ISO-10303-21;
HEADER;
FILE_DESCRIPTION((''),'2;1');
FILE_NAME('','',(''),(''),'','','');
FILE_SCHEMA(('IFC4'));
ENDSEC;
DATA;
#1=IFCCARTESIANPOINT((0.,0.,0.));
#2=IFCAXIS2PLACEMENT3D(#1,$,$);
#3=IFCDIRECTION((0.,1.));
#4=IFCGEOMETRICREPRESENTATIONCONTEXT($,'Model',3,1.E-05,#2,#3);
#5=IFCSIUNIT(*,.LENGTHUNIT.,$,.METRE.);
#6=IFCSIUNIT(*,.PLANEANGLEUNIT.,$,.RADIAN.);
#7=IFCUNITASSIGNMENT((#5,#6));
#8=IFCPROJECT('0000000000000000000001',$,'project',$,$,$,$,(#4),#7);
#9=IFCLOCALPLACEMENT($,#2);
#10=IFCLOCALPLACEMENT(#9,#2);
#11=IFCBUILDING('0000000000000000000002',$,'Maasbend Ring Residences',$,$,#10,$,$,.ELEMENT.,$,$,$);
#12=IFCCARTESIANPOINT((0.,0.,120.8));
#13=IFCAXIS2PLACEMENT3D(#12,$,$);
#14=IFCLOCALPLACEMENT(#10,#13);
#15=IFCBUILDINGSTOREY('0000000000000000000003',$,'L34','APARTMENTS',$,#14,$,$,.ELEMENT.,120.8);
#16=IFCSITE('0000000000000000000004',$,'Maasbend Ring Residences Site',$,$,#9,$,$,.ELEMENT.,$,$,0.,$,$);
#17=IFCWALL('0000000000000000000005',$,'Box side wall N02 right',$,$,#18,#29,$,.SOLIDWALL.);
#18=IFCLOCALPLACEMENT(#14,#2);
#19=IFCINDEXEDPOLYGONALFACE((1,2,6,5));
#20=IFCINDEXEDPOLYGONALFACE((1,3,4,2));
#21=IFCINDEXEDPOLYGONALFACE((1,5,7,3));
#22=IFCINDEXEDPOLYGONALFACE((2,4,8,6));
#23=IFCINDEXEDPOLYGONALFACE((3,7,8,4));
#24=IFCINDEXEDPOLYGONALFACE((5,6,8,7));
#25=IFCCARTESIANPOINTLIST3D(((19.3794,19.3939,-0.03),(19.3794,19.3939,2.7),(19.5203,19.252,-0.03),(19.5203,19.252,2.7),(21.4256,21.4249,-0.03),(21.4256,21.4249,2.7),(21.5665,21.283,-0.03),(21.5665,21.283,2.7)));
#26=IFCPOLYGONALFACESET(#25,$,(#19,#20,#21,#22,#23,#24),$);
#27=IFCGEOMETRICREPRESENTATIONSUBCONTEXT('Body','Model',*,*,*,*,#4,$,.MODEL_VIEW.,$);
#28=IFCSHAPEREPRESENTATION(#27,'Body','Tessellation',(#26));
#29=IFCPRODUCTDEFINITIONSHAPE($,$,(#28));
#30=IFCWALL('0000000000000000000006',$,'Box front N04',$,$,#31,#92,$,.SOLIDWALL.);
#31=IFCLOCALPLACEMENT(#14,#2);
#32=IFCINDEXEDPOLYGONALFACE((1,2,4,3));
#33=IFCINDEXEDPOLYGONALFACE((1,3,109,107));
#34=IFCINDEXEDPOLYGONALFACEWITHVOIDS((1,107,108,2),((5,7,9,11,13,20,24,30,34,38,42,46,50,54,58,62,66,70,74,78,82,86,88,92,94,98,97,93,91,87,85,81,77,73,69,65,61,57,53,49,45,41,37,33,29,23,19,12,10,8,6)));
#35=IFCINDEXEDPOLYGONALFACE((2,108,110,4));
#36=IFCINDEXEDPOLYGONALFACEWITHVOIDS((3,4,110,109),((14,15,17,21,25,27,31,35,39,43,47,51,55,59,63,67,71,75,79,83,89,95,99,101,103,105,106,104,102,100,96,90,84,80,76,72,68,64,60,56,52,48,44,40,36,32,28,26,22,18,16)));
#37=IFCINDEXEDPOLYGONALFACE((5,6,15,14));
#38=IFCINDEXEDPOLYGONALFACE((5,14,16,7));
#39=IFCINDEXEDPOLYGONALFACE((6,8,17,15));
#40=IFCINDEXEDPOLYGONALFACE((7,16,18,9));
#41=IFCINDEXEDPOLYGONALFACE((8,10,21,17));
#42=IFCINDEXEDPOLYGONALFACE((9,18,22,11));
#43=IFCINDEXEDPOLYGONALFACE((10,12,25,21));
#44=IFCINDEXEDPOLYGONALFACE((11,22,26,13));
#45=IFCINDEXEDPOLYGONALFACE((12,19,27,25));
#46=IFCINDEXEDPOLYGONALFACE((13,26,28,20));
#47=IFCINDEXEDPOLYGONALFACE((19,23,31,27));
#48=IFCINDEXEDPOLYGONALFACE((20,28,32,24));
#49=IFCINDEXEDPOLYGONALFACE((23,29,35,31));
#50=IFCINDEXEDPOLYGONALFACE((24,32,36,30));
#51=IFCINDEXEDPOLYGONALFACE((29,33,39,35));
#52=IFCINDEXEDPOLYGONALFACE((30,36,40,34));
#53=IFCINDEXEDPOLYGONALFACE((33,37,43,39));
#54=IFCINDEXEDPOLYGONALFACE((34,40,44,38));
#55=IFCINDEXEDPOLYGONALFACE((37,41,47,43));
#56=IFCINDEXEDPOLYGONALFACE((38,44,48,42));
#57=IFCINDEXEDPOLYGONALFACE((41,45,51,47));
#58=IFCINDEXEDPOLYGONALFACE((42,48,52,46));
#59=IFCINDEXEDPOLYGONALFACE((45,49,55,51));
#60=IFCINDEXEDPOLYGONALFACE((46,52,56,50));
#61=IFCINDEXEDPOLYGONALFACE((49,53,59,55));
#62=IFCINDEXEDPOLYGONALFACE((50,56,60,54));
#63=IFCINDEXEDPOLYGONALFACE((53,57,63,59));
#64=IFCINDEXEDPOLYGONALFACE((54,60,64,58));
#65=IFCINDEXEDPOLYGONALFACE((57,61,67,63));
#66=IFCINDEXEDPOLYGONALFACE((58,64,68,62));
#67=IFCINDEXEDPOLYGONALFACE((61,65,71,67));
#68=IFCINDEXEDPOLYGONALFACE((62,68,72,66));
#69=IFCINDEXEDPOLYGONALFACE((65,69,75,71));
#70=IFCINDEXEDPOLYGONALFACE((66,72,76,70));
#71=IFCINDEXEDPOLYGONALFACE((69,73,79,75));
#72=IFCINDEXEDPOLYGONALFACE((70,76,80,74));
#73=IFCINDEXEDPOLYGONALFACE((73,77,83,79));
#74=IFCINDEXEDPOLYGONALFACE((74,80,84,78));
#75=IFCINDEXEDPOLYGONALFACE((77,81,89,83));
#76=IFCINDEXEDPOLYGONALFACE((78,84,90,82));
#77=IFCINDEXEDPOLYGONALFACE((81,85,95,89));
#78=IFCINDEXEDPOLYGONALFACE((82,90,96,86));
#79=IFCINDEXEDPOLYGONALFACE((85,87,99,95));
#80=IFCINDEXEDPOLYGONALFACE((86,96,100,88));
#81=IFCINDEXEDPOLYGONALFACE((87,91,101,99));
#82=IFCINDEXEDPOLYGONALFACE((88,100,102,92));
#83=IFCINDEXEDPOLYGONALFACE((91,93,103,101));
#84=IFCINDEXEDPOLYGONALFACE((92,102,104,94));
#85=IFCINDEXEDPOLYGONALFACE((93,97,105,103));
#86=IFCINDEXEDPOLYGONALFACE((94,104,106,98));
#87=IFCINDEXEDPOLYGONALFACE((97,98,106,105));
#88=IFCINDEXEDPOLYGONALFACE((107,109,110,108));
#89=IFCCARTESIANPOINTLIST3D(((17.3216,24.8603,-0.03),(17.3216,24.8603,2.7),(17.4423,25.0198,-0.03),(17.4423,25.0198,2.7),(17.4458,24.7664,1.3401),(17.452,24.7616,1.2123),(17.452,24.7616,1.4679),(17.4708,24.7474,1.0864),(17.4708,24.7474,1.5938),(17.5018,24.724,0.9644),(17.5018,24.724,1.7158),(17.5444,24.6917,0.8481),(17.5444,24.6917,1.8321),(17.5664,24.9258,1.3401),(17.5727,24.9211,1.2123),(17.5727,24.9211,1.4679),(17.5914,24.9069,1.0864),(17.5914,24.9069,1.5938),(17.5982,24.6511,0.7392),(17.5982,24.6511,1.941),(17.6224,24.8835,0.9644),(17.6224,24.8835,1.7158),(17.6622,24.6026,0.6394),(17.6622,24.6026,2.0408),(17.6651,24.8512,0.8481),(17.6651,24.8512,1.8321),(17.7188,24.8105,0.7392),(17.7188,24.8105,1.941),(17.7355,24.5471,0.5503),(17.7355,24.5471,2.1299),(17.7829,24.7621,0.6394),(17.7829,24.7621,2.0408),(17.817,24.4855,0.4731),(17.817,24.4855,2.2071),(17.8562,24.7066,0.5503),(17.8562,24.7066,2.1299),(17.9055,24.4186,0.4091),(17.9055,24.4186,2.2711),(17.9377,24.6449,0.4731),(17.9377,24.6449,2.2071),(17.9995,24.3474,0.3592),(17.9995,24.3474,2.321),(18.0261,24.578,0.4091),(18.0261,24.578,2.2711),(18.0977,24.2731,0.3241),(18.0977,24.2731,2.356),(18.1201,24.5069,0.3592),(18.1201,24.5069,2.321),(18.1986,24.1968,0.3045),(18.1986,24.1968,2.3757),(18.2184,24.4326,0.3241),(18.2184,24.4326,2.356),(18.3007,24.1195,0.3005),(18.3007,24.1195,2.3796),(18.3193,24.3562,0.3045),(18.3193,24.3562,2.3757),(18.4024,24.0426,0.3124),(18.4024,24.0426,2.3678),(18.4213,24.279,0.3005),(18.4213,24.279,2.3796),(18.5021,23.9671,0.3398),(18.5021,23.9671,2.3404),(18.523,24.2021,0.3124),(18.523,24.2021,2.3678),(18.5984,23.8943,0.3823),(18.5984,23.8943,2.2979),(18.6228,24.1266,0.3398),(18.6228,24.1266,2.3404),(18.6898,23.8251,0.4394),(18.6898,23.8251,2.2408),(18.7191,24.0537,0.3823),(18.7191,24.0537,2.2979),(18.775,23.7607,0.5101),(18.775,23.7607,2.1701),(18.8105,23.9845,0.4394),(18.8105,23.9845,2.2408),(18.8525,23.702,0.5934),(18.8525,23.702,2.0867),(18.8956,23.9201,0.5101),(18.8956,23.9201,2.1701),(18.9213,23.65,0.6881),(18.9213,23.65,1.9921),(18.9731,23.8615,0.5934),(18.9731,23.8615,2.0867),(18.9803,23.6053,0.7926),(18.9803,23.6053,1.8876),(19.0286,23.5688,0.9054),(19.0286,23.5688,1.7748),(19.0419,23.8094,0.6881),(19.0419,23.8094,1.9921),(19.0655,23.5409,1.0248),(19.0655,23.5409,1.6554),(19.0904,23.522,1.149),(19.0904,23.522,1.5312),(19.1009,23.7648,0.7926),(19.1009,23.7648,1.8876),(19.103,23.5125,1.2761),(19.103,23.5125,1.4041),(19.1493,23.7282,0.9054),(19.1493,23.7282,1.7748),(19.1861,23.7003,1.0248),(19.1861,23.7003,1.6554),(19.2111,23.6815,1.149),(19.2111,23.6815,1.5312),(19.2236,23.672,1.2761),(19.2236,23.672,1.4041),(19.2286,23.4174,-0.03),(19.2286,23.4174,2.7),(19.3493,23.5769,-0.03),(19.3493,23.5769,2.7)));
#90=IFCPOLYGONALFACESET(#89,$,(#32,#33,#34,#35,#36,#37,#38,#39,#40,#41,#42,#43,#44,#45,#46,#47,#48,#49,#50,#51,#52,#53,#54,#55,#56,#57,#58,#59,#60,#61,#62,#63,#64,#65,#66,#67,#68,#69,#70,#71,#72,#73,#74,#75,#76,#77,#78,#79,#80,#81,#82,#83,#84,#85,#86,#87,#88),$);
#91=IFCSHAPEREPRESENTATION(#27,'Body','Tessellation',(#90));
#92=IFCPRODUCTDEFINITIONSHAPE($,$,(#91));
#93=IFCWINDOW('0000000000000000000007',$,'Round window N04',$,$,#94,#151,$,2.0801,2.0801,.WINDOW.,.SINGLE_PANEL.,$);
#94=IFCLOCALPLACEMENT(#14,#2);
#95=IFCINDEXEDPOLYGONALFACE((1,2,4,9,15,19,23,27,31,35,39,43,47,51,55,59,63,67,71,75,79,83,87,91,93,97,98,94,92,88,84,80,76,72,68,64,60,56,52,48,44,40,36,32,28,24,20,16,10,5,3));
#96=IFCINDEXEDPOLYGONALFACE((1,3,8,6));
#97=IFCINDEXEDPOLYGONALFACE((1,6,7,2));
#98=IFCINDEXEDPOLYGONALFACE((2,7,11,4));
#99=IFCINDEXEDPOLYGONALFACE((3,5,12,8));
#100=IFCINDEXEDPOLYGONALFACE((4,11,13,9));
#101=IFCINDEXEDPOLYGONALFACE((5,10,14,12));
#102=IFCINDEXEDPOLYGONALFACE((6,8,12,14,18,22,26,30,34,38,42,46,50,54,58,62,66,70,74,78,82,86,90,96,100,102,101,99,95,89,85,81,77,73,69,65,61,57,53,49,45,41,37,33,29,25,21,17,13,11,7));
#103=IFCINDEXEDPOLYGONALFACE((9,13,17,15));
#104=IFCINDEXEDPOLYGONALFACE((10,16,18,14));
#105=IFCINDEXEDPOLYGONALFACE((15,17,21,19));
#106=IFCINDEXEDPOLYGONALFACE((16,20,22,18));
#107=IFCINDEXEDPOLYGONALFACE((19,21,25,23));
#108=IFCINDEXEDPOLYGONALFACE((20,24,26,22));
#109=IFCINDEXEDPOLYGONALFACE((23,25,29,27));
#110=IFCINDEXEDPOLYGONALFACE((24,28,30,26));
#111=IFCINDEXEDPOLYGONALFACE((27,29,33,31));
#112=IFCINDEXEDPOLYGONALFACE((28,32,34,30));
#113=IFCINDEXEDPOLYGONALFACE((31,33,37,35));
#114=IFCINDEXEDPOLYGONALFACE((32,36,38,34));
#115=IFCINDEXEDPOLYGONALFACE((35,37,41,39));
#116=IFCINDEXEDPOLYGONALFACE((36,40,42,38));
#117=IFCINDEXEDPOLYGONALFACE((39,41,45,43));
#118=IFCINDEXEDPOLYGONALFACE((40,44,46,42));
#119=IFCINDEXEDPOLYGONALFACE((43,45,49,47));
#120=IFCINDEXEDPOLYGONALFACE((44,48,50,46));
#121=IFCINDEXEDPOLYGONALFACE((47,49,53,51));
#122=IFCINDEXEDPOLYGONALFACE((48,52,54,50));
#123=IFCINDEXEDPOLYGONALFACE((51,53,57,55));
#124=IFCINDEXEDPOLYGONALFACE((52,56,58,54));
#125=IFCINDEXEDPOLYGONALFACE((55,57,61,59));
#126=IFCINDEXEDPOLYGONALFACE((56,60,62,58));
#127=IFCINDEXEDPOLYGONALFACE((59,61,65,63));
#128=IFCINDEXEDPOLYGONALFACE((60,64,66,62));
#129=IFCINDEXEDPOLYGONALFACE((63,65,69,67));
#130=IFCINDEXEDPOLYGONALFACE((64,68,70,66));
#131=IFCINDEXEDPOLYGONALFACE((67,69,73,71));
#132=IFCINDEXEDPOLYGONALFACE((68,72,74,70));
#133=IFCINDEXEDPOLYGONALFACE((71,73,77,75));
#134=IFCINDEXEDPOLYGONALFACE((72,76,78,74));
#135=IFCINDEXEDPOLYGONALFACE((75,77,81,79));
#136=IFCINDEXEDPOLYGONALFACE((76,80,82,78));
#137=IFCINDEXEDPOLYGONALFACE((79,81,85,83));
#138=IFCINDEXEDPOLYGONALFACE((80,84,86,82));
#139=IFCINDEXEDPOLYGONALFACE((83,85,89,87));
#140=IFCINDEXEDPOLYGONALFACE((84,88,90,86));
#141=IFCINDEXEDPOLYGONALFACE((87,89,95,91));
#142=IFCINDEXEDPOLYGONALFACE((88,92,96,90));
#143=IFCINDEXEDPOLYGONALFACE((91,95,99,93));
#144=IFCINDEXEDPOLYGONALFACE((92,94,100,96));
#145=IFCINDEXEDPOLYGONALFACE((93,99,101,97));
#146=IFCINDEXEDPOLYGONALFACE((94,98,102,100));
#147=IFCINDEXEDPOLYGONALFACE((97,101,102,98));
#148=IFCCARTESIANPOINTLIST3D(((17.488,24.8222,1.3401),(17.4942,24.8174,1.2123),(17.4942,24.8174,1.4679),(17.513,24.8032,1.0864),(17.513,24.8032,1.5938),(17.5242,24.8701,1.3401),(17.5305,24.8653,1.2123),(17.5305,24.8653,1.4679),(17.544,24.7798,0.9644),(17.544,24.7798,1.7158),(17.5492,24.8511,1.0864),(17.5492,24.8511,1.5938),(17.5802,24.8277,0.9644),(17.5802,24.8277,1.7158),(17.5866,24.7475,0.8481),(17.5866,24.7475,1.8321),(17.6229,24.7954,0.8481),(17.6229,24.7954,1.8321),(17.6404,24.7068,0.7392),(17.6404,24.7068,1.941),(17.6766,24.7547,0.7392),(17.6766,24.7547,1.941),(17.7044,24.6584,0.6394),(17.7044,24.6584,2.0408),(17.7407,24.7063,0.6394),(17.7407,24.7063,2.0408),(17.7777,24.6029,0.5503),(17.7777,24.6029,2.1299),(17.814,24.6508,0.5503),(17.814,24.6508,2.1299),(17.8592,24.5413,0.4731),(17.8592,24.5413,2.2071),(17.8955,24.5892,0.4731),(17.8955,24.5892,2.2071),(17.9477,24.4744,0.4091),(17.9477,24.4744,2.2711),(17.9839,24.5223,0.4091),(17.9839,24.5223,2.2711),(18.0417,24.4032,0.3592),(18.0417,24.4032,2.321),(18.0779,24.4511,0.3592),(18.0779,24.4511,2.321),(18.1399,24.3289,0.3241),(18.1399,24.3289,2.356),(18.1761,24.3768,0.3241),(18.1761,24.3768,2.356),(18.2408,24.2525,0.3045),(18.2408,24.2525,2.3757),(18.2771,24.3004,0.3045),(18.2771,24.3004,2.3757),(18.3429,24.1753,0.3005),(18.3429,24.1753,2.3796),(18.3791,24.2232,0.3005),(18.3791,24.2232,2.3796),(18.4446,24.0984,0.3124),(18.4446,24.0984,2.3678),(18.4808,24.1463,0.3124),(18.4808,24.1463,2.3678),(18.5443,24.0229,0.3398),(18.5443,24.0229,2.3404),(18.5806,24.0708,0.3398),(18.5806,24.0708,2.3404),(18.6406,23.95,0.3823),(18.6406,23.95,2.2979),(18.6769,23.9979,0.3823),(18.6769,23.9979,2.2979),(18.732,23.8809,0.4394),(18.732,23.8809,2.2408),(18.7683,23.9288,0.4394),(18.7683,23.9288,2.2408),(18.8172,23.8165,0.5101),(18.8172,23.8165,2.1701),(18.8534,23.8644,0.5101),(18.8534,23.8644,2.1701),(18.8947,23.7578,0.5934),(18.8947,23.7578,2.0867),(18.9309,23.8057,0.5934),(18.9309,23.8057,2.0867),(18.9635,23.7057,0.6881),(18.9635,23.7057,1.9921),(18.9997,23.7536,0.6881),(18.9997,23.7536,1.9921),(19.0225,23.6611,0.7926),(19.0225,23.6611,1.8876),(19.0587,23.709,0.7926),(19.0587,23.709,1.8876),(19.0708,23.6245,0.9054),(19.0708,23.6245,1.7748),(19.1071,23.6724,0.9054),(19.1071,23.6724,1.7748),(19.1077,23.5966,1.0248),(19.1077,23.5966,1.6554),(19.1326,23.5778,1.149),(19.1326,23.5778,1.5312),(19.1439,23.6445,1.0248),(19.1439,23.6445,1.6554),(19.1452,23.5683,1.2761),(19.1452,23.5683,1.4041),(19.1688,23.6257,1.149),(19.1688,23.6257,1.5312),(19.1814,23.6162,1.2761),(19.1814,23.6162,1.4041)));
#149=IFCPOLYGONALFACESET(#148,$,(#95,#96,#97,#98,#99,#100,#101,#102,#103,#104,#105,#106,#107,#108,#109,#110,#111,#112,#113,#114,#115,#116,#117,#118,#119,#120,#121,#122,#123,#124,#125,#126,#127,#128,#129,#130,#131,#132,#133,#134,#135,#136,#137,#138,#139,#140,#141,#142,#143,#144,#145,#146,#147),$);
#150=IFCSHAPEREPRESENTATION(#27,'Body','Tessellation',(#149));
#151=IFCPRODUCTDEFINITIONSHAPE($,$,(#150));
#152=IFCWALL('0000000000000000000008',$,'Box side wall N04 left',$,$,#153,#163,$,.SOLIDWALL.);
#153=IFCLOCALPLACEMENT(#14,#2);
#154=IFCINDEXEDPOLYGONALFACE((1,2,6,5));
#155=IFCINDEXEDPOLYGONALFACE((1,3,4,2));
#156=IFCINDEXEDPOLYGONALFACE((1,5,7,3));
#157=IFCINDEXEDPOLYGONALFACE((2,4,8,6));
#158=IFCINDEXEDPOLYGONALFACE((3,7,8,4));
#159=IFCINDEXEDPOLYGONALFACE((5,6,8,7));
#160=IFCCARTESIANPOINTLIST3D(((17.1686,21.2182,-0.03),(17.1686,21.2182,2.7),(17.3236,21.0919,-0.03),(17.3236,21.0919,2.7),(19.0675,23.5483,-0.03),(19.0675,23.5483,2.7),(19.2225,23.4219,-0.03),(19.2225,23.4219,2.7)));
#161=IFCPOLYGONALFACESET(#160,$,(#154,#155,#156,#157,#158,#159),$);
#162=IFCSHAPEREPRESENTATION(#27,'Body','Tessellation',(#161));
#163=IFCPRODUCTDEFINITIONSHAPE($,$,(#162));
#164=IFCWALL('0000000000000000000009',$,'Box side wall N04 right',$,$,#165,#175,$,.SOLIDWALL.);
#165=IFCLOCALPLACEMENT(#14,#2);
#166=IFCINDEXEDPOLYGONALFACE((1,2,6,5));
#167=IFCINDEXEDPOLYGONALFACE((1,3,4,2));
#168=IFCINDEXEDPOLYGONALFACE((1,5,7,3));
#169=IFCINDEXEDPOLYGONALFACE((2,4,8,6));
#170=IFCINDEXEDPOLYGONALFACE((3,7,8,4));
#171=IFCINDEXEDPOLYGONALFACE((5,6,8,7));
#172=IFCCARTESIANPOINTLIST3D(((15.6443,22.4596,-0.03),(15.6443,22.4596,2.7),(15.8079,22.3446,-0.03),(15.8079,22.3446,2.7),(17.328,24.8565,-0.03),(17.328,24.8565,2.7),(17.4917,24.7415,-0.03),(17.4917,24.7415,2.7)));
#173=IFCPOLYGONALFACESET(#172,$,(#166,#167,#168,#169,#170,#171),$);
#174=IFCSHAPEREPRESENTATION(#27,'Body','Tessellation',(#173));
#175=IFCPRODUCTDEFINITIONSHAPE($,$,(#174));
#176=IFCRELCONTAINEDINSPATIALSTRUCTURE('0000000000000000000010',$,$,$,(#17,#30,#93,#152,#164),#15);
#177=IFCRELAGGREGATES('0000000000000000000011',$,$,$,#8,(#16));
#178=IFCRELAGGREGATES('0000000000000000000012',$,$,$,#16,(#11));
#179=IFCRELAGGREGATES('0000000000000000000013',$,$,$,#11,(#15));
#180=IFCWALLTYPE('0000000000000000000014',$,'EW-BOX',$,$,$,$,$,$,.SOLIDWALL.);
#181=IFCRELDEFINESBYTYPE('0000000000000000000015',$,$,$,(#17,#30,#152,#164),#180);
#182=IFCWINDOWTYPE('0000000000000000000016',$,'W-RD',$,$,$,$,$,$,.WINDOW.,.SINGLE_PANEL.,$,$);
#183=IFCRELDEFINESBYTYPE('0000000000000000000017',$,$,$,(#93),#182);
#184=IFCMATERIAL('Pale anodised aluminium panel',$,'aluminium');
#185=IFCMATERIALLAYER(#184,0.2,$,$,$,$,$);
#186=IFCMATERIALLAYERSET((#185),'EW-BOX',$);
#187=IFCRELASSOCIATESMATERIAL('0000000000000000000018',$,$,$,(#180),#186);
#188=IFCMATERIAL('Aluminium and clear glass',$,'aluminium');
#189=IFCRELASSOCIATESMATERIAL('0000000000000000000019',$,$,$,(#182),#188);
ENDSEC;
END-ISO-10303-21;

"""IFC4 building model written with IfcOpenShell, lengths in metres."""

from ifc_helpers import new_model, si_unit, direction, frame, frame_2d, origin, place, context, subcontext, project, spatial, rectangle, circle, extrude, material, layer, layer_set, type_object, element, fill, save


model = new_model("IFC4")

# Units and contexts
model_context = context("Model", 3, precision=1e-05, world=origin(), true_north=direction((0.0, 1.0)))
body_context = subcontext(model_context, "Body", "Model", "MODEL_VIEW")
ifc_project = project(units=[si_unit("LENGTHUNIT", "METRE"), si_unit("PLANEANGLEUNIT", "RADIAN")], contexts=[model_context])

# Site, building, storey
site_placement = place(None, origin())
site = spatial("IfcSite", under=ifc_project, at=site_placement, Name="Maasbend Ring Residences Site", CompositionType="ELEMENT", RefElevation=0.0)
building_placement = place(site_placement, origin())
building = spatial("IfcBuilding", under=site, at=building_placement, Name="Maasbend Ring Residences", CompositionType="ELEMENT")
storey_placement = place(building_placement, frame((0.0, 0.0, 120.8)))
storey = spatial("IfcBuildingStorey", under=building, at=storey_placement, Name="L34", Description="APARTMENTS", CompositionType="ELEMENT", Elevation=120.8)

# Shared definitions
ifc_material_1 = material(Name="Pale anodised aluminium panel", Category="aluminium")
ifc_layer_1 = layer(ifc_material_1, 0.2)
ifc_layer_set_1 = layer_set([ifc_layer_1], Name="EW-BOX")
wall_type_1 = type_object("IfcWallType", Name="EW-BOX", PredefinedType="SOLIDWALL", material=ifc_layer_set_1)
ifc_material_2 = material(Name="Aluminium and clear glass", Category="aluminium")
window_type_1 = type_object("IfcWindowType", Name="W-RD", PartitioningType="SINGLE_PANEL", PredefinedType="WINDOW", material=ifc_material_2)

# Wall
wall_1_placement = place(storey_placement, frame((19.45, 19.323, -0.03), z_axis=(0.0, 0.0, 1.0), x_axis=(0.709727, 0.704477, 0.0)))
element("IfcWall", 1, at=wall_1_placement, inside=storey, type_object=wall_type_1, Name="Box side wall N02 right", PredefinedType="SOLIDWALL", context=body_context, shape_type="SweptSolid", body=[
    extrude(rectangle(XDim=2.8831, YDim=0.2, at=frame_2d((1.4414, 0.0))), origin(), (0.0, 0.0, 1.0), 2.73),
])

# Wall, opening, window
wall_2_placement = place(storey_placement, frame((19.2891, 23.4971, -0.03), z_axis=(0.0, 0.0, 1.0), x_axis=(-0.797457, 0.603376, 0.0)))
wall_2 = element("IfcWall", 2, at=wall_2_placement, inside=storey, type_object=wall_type_1, Name="Box front N04", PredefinedType="SOLIDWALL", context=body_context, shape_type="SweptSolid", body=[
    extrude(rectangle(XDim=2.3914, YDim=0.2, at=frame_2d((1.1958, 0.0))), origin(), (0.0, 0.0, 1.0), 2.73),
])
opening_1_placement = place(wall_2_placement, frame((0.1558, 0.0, 0.3301)))
opening_1 = element("IfcOpeningElement", 3, at=opening_1_placement, cuts=wall_2, PredefinedType="OPENING", context=body_context, shape_type="SweptSolid", body=[
    extrude(circle(Radius=1.04, at=frame_2d((1.04, 1.04))), frame((0.0, 0.1099, 0.0), z_axis=(0.0, -1.0, 0.0), x_axis=(1.0, 0.0, 0.0)), (0.0, 0.0, 1.0), 0.22),
])
window_1_placement = place(opening_1_placement, origin())
window_1 = element("IfcWindow", 4, at=window_1_placement, inside=storey, type_object=window_type_1, Name="Round window N04", OverallHeight=2.0801, OverallWidth=2.0801, PartitioningType="SINGLE_PANEL", PredefinedType="WINDOW", context=body_context, shape_type="SweptSolid", body=[
    extrude(circle(Radius=1.04, at=frame_2d((1.04, 1.04))), frame((0.0, 0.03, 0.0), z_axis=(0.0, -1.0, 0.0), x_axis=(1.0, 0.0, 0.0)), (0.0, 0.0, 1.0), 0.0601),
])
fill(opening_1, window_1)

# Walls
wall_3_placement = place(storey_placement, frame((17.2461, 21.155, -0.03), z_axis=(0.0, 0.0, 1.0), x_axis=(0.631742, 0.775179, 0.0)))
element("IfcWall", 5, at=wall_3_placement, inside=storey, type_object=wall_type_1, Name="Box side wall N04 left", PredefinedType="SOLIDWALL", context=body_context, shape_type="SweptSolid", body=[
    extrude(rectangle(XDim=3.0059, YDim=0.2, at=frame_2d((1.5029, 0.0))), origin(), (0.0, 0.0, 1.0), 2.73),
])
wall_4_placement = place(storey_placement, frame((15.7261, 22.4021, -0.03), z_axis=(0.0, 0.0, 1.0), x_axis=(0.574826, 0.818275, 0.0)))
element("IfcWall", 6, at=wall_4_placement, inside=storey, type_object=wall_type_1, Name="Box side wall N04 right", PredefinedType="SOLIDWALL", context=body_context, shape_type="SweptSolid", body=[
    extrude(rectangle(XDim=2.9292, YDim=0.2, at=frame_2d((1.4646, 0.0))), origin(), (0.0, 0.0, 1.0), 2.73),
])

save(model, "model.ifc")
